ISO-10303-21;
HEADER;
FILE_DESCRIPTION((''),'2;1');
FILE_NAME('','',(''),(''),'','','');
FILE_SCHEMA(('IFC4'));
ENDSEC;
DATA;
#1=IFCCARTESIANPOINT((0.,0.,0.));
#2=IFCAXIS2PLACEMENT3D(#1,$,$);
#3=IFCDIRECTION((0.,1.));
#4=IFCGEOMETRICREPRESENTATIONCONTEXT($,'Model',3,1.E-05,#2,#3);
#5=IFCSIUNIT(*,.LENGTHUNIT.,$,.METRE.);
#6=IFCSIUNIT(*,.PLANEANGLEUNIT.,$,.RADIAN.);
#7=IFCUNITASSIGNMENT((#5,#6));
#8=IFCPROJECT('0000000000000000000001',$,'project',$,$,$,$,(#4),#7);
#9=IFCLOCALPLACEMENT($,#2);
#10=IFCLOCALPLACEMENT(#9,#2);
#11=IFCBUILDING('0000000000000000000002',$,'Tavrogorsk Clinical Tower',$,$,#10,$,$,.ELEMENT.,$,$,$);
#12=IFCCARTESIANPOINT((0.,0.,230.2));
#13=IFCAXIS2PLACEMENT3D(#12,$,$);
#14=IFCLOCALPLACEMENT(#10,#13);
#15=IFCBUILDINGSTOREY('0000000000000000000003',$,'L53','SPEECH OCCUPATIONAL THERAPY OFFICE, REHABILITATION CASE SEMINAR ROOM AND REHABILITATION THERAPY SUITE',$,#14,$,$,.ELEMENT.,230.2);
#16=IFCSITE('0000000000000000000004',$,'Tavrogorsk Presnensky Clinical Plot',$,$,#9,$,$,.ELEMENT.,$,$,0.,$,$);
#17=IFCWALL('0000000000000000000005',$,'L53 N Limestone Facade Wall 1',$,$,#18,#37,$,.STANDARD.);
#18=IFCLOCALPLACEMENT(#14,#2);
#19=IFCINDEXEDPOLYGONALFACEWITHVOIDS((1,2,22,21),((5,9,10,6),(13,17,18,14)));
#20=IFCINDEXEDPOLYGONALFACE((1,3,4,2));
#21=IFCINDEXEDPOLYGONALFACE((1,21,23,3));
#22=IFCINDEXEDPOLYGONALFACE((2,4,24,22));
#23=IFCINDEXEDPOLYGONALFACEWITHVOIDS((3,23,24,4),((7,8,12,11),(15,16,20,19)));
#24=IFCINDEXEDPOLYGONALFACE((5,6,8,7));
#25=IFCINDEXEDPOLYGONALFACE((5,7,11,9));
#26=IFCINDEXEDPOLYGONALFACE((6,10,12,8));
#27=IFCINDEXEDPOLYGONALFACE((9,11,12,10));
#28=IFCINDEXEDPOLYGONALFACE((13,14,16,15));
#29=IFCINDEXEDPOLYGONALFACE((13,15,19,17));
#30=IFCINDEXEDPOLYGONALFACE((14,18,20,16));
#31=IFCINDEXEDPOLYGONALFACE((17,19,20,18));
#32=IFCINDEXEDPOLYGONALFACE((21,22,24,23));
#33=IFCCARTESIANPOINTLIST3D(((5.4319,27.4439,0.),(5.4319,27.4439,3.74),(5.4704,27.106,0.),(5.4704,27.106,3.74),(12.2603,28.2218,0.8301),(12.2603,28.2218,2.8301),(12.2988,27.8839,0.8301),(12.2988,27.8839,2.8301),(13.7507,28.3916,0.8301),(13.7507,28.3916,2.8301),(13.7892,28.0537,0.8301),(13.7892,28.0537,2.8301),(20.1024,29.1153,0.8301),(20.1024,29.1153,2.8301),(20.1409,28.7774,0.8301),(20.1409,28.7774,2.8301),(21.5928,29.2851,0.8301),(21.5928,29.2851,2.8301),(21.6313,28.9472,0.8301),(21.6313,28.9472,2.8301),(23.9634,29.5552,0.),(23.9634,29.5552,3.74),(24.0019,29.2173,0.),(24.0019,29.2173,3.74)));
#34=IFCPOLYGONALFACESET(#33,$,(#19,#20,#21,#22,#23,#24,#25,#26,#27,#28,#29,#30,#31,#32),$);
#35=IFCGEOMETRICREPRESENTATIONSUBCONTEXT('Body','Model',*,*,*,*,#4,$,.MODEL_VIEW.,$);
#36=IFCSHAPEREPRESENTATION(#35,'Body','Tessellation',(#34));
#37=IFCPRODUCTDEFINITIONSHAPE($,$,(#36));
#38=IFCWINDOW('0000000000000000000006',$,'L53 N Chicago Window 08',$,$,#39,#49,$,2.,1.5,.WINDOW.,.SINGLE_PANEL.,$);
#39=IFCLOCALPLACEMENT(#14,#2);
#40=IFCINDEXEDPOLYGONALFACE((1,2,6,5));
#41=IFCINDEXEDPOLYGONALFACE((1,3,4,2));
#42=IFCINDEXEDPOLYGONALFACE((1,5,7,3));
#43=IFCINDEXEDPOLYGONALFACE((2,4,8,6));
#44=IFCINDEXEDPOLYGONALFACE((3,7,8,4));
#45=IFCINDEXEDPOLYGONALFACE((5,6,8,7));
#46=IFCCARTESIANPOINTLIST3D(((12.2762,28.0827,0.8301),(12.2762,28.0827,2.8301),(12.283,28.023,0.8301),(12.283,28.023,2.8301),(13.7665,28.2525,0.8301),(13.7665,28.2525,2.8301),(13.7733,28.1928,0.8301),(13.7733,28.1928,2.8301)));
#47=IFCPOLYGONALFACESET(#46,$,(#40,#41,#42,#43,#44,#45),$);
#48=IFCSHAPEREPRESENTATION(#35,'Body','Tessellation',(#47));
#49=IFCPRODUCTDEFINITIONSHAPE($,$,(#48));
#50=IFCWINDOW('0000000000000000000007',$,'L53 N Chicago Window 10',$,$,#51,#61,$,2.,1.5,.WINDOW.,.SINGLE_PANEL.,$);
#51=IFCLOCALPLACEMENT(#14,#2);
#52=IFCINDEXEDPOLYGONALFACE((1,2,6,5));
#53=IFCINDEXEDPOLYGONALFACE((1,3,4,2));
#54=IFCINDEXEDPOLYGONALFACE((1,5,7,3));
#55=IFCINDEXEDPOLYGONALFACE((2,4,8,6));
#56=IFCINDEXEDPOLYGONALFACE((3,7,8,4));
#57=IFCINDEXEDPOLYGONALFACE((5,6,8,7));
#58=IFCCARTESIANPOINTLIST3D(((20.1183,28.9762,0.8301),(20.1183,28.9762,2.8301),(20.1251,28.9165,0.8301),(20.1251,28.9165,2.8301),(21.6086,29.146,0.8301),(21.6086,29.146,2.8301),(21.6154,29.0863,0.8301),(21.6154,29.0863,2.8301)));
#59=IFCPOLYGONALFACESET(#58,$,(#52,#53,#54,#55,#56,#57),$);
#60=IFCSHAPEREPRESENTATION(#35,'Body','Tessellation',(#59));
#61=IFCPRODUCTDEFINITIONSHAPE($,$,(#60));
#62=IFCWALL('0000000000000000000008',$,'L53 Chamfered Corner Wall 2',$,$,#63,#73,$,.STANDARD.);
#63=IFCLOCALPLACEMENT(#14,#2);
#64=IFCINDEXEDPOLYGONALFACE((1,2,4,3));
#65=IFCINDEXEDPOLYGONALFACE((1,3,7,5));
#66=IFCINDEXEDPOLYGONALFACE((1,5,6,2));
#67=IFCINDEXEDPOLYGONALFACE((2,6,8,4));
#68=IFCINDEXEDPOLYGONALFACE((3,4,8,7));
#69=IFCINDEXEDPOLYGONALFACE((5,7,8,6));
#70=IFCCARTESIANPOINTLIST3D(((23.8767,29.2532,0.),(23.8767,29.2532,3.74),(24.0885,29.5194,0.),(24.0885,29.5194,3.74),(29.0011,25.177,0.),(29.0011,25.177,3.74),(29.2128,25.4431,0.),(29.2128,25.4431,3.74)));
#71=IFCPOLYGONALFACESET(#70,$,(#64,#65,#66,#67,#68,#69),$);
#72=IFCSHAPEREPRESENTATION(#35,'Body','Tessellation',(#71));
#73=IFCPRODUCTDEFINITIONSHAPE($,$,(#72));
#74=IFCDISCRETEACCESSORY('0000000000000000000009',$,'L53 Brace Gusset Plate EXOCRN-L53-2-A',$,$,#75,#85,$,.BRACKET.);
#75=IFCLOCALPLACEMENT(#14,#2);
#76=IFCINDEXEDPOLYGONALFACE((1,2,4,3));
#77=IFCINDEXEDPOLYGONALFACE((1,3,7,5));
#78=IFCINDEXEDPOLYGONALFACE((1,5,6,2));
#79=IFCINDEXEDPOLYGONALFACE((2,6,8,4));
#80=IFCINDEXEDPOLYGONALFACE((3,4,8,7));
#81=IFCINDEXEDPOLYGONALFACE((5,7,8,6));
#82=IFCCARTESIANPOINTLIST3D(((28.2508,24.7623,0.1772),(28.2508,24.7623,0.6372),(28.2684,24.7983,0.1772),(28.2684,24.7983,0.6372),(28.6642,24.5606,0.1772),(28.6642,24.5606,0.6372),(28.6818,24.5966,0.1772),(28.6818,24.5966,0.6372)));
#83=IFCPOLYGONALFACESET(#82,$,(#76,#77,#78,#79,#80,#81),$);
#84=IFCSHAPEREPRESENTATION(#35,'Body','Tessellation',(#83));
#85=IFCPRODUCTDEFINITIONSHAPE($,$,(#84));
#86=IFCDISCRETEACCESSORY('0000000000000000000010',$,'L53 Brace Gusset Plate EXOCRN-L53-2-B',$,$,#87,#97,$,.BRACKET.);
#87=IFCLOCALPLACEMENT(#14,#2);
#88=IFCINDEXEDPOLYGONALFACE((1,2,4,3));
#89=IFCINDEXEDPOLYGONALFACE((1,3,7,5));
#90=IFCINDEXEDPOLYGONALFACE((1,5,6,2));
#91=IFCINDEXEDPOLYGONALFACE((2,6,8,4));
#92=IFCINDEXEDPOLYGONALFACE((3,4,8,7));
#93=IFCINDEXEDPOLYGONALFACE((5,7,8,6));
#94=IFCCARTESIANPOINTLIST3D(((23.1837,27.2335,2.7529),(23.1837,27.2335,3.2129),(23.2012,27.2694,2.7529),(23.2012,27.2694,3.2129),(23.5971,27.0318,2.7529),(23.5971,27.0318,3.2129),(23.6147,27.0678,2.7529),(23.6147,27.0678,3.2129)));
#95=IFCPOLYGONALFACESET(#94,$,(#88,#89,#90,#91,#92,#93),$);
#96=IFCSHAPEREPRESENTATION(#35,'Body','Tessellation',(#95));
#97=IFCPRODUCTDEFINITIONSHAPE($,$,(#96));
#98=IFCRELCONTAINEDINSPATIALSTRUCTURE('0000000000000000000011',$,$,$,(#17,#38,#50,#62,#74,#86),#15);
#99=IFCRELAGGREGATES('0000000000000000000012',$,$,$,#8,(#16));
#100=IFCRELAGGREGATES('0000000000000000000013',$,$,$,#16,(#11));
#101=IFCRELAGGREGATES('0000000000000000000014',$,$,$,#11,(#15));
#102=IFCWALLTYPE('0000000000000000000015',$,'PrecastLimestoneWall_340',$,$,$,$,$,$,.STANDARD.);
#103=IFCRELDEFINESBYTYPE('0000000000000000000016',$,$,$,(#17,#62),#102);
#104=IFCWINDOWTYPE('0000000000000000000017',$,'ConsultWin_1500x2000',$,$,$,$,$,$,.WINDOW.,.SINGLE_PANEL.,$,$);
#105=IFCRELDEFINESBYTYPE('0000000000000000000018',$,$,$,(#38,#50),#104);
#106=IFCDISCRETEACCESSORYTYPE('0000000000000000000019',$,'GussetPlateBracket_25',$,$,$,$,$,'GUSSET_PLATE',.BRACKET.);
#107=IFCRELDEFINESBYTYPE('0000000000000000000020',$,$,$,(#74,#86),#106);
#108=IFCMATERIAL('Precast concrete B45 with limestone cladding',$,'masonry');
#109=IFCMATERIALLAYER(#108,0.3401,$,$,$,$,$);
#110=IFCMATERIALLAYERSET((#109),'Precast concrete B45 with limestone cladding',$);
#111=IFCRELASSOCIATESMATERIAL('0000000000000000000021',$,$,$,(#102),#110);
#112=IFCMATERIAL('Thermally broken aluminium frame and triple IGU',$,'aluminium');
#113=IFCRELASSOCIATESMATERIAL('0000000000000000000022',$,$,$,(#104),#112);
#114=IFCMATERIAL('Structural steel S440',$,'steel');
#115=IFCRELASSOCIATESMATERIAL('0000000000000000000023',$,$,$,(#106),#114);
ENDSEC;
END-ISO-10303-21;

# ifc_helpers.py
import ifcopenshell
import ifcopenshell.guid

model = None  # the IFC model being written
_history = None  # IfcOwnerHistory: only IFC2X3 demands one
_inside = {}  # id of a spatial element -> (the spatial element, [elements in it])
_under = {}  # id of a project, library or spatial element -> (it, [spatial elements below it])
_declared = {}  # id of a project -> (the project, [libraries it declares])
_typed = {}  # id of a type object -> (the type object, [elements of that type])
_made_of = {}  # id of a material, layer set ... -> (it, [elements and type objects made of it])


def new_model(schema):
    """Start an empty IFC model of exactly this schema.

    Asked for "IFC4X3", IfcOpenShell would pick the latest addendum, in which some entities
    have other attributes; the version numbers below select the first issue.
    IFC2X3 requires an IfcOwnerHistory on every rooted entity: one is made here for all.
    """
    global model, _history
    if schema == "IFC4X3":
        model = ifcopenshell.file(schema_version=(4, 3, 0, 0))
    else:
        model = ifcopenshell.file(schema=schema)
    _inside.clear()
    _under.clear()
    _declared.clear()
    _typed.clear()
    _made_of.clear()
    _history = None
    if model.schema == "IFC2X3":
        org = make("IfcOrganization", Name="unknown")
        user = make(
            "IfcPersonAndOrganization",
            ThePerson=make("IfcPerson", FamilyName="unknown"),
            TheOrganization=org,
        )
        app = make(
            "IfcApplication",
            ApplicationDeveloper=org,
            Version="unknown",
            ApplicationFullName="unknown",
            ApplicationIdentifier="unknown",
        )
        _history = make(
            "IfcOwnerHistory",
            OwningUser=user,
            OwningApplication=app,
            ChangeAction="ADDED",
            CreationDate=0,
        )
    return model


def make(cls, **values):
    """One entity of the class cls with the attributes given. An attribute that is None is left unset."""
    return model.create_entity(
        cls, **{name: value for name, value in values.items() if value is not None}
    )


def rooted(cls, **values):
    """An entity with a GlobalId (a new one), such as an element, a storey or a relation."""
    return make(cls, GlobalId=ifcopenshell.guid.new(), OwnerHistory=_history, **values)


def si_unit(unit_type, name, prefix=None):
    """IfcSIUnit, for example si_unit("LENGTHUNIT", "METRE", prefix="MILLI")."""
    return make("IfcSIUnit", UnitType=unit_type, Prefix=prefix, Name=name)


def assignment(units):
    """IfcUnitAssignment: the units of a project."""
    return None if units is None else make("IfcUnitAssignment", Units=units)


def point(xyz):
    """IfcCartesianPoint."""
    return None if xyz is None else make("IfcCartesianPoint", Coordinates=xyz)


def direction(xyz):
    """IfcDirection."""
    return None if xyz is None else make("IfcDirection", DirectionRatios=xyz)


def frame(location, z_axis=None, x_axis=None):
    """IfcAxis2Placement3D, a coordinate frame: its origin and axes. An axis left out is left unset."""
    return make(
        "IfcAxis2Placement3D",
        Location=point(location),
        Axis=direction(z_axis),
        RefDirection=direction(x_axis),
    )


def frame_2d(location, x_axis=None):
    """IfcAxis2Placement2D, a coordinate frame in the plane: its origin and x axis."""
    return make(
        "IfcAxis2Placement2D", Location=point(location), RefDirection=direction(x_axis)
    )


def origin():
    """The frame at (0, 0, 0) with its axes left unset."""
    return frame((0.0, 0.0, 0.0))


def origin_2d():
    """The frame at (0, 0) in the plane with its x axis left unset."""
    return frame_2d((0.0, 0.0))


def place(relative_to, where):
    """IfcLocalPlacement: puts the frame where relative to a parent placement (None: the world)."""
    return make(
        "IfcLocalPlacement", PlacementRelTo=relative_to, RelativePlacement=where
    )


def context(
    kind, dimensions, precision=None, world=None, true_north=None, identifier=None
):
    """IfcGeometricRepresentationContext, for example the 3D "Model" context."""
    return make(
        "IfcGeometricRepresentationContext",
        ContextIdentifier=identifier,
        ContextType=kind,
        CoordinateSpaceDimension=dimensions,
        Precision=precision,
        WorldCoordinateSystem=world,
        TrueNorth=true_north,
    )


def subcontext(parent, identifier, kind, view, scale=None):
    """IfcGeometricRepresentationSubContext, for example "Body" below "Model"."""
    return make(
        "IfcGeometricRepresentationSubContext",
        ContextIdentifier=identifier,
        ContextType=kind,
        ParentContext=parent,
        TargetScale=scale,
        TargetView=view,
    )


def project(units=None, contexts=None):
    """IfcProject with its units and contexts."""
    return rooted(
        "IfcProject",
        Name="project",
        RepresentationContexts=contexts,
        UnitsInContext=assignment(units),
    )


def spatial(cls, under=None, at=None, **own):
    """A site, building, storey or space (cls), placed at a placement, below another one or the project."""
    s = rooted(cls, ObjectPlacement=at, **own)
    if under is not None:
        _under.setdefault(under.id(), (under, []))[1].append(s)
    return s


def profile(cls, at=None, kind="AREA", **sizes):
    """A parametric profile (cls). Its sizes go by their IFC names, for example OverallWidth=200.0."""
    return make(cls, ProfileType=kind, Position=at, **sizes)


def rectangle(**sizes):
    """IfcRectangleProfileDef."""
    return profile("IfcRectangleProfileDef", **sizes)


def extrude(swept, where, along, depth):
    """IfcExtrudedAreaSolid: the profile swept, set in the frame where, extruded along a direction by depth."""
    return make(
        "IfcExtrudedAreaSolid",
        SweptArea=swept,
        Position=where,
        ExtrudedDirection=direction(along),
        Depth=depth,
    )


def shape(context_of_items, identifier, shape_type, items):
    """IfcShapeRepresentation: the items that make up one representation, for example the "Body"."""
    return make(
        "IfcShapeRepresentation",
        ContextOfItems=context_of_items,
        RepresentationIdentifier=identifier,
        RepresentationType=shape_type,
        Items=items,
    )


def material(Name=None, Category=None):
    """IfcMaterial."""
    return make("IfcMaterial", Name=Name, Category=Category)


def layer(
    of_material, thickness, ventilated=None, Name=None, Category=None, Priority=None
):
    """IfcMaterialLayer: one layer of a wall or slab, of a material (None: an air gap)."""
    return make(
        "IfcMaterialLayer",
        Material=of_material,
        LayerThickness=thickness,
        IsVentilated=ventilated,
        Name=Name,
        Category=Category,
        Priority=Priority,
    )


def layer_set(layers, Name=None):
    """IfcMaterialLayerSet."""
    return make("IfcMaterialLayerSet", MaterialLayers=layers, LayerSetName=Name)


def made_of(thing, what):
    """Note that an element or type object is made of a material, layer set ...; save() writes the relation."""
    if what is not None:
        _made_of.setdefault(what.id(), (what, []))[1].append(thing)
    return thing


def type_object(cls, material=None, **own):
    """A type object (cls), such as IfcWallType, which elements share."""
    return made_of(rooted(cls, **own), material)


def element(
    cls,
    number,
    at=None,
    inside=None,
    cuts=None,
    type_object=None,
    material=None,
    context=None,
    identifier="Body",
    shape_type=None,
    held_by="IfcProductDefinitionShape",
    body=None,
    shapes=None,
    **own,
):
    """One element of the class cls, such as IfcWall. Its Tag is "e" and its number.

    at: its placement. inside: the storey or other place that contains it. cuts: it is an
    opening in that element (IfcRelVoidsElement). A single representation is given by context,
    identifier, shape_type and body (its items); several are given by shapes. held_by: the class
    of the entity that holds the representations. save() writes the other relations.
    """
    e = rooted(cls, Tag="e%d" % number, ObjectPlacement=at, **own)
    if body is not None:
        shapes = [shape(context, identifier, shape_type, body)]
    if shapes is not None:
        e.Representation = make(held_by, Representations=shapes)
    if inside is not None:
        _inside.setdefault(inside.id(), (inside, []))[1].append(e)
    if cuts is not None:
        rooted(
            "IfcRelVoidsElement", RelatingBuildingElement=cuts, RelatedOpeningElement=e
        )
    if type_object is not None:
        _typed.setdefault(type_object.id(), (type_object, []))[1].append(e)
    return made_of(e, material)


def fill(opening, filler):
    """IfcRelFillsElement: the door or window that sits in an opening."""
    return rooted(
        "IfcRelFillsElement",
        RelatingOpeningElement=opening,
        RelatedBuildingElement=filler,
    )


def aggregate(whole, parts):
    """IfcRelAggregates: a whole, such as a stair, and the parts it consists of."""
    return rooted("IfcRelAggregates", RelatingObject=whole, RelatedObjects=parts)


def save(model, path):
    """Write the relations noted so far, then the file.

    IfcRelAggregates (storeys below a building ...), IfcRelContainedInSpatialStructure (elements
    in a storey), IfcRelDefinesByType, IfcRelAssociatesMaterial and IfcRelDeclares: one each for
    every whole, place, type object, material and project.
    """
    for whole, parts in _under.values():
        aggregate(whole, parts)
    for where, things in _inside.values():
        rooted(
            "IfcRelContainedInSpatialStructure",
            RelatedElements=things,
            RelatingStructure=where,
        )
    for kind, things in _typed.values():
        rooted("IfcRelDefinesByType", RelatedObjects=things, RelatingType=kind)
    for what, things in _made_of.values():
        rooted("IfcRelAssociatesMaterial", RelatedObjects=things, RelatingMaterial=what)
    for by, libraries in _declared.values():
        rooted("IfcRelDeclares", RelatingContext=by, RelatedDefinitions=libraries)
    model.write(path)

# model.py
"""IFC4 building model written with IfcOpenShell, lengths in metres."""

from ifc_helpers import new_model, si_unit, direction, frame, frame_2d, origin, origin_2d, place, context, subcontext, project, spatial, rectangle, extrude, material, layer, layer_set, type_object, element, fill, save


model = new_model("IFC4")

# Units and contexts
model_context = context("Model", 3, precision=1e-05, world=origin(), true_north=direction((0.0, 1.0)))
body_context = subcontext(model_context, "Body", "Model", "MODEL_VIEW")
ifc_project = project(units=[si_unit("LENGTHUNIT", "METRE"), si_unit("PLANEANGLEUNIT", "RADIAN")], contexts=[model_context])

# Site, building, storey
site_placement = place(None, origin())
site = spatial("IfcSite", under=ifc_project, at=site_placement, Name="Tavrogorsk Presnensky Clinical Plot", CompositionType="ELEMENT", RefElevation=0.0)
building_placement = place(site_placement, origin())
building = spatial("IfcBuilding", under=site, at=building_placement, Name="Tavrogorsk Clinical Tower", CompositionType="ELEMENT")
storey_placement = place(building_placement, frame((0.0, 0.0, 230.2)))
storey = spatial("IfcBuildingStorey", under=building, at=storey_placement, Name="L53", Description="SPEECH OCCUPATIONAL THERAPY OFFICE, REHABILITATION CASE SEMINAR ROOM AND REHABILITATION THERAPY SUITE", CompositionType="ELEMENT", Elevation=230.2)

# Wall, openings, windows
ifc_material_1 = material(Name="Precast concrete B45 with limestone cladding", Category="masonry")
ifc_layer_1 = layer(ifc_material_1, 0.3401)
ifc_layer_set_1 = layer_set([ifc_layer_1], Name="Precast concrete B45 with limestone cladding")
wall_type_1 = type_object("IfcWallType", Name="PrecastLimestoneWall_340", PredefinedType="STANDARD", material=ifc_layer_set_1)
wall_1_placement = place(storey_placement, frame((23.9827, 29.3862, 0.0), z_axis=(0.0, 0.0, 1.0), x_axis=(-0.993572, -0.1132, 0.0)))
wall_1 = element("IfcWall", 1, at=wall_1_placement, inside=storey, type_object=wall_type_1, Name="L53 N Limestone Facade Wall 1", PredefinedType="STANDARD", context=body_context, shape_type="SweptSolid", body=[
    extrude(rectangle(XDim=18.6514, YDim=0.3401, at=frame_2d((9.3257, 0.0))), origin(), (0.0, 0.0, 1.0), 3.74),
])
opening_1_placement = place(wall_1_placement, frame((10.2788, 0.0, 0.8301)))
opening_1 = element("IfcOpeningElement", 2, at=opening_1_placement, cuts=wall_1, PredefinedType="OPENING", context=body_context, shape_type="SweptSolid", body=[
    extrude(rectangle(XDim=1.5, YDim=2.0, at=frame_2d((0.75, 1.0))), frame((0.0, 0.1799, 0.0), z_axis=(0.0, -1.0, 0.0), x_axis=(1.0, 0.0, 0.0)), (0.0, 0.0, 1.0), 0.3601),
])
opening_2_placement = place(wall_1_placement, frame((2.386, 0.0, 0.8301)))
opening_2 = element("IfcOpeningElement", 3, at=opening_2_placement, cuts=wall_1, PredefinedType="OPENING", context=body_context, shape_type="SweptSolid", body=[
    extrude(rectangle(XDim=1.5, YDim=2.0, at=frame_2d((0.75, 1.0))), frame((0.0, 0.1799, 0.0), z_axis=(0.0, -1.0, 0.0), x_axis=(1.0, 0.0, 0.0)), (0.0, 0.0, 1.0), 0.3601),
])
ifc_material_2 = material(Name="Thermally broken aluminium frame and triple IGU", Category="aluminium")
window_type = type_object("IfcWindowType", Name="ConsultWin_1500x2000", PartitioningType="SINGLE_PANEL", PredefinedType="WINDOW", material=ifc_material_2)
window_1_placement = place(opening_1_placement, origin())
window_1 = element("IfcWindow", 4, at=window_1_placement, inside=storey, type_object=window_type, Name="L53 N Chicago Window 08", OverallHeight=2.0, OverallWidth=1.5, PartitioningType="SINGLE_PANEL", PredefinedType="WINDOW", context=body_context, shape_type="SweptSolid", body=[
    extrude(rectangle(XDim=1.5, YDim=2.0, at=frame_2d((0.75, 1.0))), frame((0.0, 0.03, 0.0), z_axis=(0.0, -1.0, 0.0), x_axis=(1.0, 0.0, 0.0)), (0.0, 0.0, 1.0), 0.0601),
])
fill(opening_1, window_1)
window_2_placement = place(opening_2_placement, origin())
window_2 = element("IfcWindow", 5, at=window_2_placement, inside=storey, type_object=window_type, Name="L53 N Chicago Window 10", OverallHeight=2.0, OverallWidth=1.5, PartitioningType="SINGLE_PANEL", PredefinedType="WINDOW", context=body_context, shape_type="SweptSolid", body=[
    extrude(rectangle(XDim=1.5, YDim=2.0, at=frame_2d((0.75, 1.0))), frame((0.0, 0.03, 0.0), z_axis=(0.0, -1.0, 0.0), x_axis=(1.0, 0.0, 0.0)), (0.0, 0.0, 1.0), 0.0601),
])
fill(opening_2, window_2)

# Wall
wall_2_placement = place(storey_placement, frame((29.1069, 25.3101, 0.0), z_axis=(0.0, 0.0, 1.0), x_axis=(-0.782597, 0.622528, 0.0)))
element("IfcWall", 6, at=wall_2_placement, inside=storey, type_object=wall_type_1, Name="L53 Chamfered Corner Wall 2", PredefinedType="STANDARD", context=body_context, shape_type="SweptSolid", body=[
    extrude(rectangle(XDim=6.5479, YDim=0.3401, at=frame_2d((3.2739, 0.0))), origin(), (0.0, 0.0, 1.0), 3.74),
])

# Discrete accessories
ifc_material_3 = material(Name="Structural steel S440", Category="steel")
discrete_accessory_type = type_object("IfcDiscreteAccessoryType", Name="GussetPlateBracket_25", ElementType="GUSSET_PLATE", PredefinedType="BRACKET", material=ifc_material_3)
for number, where, z_axis, x_axis, name in (
    (7, (28.4663, 24.6794, 0.1772), (0.0, 0.0, 1.0), (-0.898794, 0.438371, 0.0), "L53 Brace Gusset Plate EXOCRN-L53-2-A"),
    (8, (23.3992, 27.1506, 2.7529), (0.0, 0.0, 1.0), (-0.898794, 0.438371, 0.0), "L53 Brace Gusset Plate EXOCRN-L53-2-B"),
):
    element("IfcDiscreteAccessory", number, at=place(storey_placement, frame(where, z_axis=z_axis, x_axis=x_axis)), inside=storey, type_object=discrete_accessory_type, Name=name, PredefinedType="BRACKET", context=body_context, shape_type="SweptSolid", body=[
        extrude(rectangle(XDim=0.46, YDim=0.04, at=origin_2d()), origin(), (0.0, 0.0, 1.0), 0.46),
    ])

save(model, "model.ifc")
